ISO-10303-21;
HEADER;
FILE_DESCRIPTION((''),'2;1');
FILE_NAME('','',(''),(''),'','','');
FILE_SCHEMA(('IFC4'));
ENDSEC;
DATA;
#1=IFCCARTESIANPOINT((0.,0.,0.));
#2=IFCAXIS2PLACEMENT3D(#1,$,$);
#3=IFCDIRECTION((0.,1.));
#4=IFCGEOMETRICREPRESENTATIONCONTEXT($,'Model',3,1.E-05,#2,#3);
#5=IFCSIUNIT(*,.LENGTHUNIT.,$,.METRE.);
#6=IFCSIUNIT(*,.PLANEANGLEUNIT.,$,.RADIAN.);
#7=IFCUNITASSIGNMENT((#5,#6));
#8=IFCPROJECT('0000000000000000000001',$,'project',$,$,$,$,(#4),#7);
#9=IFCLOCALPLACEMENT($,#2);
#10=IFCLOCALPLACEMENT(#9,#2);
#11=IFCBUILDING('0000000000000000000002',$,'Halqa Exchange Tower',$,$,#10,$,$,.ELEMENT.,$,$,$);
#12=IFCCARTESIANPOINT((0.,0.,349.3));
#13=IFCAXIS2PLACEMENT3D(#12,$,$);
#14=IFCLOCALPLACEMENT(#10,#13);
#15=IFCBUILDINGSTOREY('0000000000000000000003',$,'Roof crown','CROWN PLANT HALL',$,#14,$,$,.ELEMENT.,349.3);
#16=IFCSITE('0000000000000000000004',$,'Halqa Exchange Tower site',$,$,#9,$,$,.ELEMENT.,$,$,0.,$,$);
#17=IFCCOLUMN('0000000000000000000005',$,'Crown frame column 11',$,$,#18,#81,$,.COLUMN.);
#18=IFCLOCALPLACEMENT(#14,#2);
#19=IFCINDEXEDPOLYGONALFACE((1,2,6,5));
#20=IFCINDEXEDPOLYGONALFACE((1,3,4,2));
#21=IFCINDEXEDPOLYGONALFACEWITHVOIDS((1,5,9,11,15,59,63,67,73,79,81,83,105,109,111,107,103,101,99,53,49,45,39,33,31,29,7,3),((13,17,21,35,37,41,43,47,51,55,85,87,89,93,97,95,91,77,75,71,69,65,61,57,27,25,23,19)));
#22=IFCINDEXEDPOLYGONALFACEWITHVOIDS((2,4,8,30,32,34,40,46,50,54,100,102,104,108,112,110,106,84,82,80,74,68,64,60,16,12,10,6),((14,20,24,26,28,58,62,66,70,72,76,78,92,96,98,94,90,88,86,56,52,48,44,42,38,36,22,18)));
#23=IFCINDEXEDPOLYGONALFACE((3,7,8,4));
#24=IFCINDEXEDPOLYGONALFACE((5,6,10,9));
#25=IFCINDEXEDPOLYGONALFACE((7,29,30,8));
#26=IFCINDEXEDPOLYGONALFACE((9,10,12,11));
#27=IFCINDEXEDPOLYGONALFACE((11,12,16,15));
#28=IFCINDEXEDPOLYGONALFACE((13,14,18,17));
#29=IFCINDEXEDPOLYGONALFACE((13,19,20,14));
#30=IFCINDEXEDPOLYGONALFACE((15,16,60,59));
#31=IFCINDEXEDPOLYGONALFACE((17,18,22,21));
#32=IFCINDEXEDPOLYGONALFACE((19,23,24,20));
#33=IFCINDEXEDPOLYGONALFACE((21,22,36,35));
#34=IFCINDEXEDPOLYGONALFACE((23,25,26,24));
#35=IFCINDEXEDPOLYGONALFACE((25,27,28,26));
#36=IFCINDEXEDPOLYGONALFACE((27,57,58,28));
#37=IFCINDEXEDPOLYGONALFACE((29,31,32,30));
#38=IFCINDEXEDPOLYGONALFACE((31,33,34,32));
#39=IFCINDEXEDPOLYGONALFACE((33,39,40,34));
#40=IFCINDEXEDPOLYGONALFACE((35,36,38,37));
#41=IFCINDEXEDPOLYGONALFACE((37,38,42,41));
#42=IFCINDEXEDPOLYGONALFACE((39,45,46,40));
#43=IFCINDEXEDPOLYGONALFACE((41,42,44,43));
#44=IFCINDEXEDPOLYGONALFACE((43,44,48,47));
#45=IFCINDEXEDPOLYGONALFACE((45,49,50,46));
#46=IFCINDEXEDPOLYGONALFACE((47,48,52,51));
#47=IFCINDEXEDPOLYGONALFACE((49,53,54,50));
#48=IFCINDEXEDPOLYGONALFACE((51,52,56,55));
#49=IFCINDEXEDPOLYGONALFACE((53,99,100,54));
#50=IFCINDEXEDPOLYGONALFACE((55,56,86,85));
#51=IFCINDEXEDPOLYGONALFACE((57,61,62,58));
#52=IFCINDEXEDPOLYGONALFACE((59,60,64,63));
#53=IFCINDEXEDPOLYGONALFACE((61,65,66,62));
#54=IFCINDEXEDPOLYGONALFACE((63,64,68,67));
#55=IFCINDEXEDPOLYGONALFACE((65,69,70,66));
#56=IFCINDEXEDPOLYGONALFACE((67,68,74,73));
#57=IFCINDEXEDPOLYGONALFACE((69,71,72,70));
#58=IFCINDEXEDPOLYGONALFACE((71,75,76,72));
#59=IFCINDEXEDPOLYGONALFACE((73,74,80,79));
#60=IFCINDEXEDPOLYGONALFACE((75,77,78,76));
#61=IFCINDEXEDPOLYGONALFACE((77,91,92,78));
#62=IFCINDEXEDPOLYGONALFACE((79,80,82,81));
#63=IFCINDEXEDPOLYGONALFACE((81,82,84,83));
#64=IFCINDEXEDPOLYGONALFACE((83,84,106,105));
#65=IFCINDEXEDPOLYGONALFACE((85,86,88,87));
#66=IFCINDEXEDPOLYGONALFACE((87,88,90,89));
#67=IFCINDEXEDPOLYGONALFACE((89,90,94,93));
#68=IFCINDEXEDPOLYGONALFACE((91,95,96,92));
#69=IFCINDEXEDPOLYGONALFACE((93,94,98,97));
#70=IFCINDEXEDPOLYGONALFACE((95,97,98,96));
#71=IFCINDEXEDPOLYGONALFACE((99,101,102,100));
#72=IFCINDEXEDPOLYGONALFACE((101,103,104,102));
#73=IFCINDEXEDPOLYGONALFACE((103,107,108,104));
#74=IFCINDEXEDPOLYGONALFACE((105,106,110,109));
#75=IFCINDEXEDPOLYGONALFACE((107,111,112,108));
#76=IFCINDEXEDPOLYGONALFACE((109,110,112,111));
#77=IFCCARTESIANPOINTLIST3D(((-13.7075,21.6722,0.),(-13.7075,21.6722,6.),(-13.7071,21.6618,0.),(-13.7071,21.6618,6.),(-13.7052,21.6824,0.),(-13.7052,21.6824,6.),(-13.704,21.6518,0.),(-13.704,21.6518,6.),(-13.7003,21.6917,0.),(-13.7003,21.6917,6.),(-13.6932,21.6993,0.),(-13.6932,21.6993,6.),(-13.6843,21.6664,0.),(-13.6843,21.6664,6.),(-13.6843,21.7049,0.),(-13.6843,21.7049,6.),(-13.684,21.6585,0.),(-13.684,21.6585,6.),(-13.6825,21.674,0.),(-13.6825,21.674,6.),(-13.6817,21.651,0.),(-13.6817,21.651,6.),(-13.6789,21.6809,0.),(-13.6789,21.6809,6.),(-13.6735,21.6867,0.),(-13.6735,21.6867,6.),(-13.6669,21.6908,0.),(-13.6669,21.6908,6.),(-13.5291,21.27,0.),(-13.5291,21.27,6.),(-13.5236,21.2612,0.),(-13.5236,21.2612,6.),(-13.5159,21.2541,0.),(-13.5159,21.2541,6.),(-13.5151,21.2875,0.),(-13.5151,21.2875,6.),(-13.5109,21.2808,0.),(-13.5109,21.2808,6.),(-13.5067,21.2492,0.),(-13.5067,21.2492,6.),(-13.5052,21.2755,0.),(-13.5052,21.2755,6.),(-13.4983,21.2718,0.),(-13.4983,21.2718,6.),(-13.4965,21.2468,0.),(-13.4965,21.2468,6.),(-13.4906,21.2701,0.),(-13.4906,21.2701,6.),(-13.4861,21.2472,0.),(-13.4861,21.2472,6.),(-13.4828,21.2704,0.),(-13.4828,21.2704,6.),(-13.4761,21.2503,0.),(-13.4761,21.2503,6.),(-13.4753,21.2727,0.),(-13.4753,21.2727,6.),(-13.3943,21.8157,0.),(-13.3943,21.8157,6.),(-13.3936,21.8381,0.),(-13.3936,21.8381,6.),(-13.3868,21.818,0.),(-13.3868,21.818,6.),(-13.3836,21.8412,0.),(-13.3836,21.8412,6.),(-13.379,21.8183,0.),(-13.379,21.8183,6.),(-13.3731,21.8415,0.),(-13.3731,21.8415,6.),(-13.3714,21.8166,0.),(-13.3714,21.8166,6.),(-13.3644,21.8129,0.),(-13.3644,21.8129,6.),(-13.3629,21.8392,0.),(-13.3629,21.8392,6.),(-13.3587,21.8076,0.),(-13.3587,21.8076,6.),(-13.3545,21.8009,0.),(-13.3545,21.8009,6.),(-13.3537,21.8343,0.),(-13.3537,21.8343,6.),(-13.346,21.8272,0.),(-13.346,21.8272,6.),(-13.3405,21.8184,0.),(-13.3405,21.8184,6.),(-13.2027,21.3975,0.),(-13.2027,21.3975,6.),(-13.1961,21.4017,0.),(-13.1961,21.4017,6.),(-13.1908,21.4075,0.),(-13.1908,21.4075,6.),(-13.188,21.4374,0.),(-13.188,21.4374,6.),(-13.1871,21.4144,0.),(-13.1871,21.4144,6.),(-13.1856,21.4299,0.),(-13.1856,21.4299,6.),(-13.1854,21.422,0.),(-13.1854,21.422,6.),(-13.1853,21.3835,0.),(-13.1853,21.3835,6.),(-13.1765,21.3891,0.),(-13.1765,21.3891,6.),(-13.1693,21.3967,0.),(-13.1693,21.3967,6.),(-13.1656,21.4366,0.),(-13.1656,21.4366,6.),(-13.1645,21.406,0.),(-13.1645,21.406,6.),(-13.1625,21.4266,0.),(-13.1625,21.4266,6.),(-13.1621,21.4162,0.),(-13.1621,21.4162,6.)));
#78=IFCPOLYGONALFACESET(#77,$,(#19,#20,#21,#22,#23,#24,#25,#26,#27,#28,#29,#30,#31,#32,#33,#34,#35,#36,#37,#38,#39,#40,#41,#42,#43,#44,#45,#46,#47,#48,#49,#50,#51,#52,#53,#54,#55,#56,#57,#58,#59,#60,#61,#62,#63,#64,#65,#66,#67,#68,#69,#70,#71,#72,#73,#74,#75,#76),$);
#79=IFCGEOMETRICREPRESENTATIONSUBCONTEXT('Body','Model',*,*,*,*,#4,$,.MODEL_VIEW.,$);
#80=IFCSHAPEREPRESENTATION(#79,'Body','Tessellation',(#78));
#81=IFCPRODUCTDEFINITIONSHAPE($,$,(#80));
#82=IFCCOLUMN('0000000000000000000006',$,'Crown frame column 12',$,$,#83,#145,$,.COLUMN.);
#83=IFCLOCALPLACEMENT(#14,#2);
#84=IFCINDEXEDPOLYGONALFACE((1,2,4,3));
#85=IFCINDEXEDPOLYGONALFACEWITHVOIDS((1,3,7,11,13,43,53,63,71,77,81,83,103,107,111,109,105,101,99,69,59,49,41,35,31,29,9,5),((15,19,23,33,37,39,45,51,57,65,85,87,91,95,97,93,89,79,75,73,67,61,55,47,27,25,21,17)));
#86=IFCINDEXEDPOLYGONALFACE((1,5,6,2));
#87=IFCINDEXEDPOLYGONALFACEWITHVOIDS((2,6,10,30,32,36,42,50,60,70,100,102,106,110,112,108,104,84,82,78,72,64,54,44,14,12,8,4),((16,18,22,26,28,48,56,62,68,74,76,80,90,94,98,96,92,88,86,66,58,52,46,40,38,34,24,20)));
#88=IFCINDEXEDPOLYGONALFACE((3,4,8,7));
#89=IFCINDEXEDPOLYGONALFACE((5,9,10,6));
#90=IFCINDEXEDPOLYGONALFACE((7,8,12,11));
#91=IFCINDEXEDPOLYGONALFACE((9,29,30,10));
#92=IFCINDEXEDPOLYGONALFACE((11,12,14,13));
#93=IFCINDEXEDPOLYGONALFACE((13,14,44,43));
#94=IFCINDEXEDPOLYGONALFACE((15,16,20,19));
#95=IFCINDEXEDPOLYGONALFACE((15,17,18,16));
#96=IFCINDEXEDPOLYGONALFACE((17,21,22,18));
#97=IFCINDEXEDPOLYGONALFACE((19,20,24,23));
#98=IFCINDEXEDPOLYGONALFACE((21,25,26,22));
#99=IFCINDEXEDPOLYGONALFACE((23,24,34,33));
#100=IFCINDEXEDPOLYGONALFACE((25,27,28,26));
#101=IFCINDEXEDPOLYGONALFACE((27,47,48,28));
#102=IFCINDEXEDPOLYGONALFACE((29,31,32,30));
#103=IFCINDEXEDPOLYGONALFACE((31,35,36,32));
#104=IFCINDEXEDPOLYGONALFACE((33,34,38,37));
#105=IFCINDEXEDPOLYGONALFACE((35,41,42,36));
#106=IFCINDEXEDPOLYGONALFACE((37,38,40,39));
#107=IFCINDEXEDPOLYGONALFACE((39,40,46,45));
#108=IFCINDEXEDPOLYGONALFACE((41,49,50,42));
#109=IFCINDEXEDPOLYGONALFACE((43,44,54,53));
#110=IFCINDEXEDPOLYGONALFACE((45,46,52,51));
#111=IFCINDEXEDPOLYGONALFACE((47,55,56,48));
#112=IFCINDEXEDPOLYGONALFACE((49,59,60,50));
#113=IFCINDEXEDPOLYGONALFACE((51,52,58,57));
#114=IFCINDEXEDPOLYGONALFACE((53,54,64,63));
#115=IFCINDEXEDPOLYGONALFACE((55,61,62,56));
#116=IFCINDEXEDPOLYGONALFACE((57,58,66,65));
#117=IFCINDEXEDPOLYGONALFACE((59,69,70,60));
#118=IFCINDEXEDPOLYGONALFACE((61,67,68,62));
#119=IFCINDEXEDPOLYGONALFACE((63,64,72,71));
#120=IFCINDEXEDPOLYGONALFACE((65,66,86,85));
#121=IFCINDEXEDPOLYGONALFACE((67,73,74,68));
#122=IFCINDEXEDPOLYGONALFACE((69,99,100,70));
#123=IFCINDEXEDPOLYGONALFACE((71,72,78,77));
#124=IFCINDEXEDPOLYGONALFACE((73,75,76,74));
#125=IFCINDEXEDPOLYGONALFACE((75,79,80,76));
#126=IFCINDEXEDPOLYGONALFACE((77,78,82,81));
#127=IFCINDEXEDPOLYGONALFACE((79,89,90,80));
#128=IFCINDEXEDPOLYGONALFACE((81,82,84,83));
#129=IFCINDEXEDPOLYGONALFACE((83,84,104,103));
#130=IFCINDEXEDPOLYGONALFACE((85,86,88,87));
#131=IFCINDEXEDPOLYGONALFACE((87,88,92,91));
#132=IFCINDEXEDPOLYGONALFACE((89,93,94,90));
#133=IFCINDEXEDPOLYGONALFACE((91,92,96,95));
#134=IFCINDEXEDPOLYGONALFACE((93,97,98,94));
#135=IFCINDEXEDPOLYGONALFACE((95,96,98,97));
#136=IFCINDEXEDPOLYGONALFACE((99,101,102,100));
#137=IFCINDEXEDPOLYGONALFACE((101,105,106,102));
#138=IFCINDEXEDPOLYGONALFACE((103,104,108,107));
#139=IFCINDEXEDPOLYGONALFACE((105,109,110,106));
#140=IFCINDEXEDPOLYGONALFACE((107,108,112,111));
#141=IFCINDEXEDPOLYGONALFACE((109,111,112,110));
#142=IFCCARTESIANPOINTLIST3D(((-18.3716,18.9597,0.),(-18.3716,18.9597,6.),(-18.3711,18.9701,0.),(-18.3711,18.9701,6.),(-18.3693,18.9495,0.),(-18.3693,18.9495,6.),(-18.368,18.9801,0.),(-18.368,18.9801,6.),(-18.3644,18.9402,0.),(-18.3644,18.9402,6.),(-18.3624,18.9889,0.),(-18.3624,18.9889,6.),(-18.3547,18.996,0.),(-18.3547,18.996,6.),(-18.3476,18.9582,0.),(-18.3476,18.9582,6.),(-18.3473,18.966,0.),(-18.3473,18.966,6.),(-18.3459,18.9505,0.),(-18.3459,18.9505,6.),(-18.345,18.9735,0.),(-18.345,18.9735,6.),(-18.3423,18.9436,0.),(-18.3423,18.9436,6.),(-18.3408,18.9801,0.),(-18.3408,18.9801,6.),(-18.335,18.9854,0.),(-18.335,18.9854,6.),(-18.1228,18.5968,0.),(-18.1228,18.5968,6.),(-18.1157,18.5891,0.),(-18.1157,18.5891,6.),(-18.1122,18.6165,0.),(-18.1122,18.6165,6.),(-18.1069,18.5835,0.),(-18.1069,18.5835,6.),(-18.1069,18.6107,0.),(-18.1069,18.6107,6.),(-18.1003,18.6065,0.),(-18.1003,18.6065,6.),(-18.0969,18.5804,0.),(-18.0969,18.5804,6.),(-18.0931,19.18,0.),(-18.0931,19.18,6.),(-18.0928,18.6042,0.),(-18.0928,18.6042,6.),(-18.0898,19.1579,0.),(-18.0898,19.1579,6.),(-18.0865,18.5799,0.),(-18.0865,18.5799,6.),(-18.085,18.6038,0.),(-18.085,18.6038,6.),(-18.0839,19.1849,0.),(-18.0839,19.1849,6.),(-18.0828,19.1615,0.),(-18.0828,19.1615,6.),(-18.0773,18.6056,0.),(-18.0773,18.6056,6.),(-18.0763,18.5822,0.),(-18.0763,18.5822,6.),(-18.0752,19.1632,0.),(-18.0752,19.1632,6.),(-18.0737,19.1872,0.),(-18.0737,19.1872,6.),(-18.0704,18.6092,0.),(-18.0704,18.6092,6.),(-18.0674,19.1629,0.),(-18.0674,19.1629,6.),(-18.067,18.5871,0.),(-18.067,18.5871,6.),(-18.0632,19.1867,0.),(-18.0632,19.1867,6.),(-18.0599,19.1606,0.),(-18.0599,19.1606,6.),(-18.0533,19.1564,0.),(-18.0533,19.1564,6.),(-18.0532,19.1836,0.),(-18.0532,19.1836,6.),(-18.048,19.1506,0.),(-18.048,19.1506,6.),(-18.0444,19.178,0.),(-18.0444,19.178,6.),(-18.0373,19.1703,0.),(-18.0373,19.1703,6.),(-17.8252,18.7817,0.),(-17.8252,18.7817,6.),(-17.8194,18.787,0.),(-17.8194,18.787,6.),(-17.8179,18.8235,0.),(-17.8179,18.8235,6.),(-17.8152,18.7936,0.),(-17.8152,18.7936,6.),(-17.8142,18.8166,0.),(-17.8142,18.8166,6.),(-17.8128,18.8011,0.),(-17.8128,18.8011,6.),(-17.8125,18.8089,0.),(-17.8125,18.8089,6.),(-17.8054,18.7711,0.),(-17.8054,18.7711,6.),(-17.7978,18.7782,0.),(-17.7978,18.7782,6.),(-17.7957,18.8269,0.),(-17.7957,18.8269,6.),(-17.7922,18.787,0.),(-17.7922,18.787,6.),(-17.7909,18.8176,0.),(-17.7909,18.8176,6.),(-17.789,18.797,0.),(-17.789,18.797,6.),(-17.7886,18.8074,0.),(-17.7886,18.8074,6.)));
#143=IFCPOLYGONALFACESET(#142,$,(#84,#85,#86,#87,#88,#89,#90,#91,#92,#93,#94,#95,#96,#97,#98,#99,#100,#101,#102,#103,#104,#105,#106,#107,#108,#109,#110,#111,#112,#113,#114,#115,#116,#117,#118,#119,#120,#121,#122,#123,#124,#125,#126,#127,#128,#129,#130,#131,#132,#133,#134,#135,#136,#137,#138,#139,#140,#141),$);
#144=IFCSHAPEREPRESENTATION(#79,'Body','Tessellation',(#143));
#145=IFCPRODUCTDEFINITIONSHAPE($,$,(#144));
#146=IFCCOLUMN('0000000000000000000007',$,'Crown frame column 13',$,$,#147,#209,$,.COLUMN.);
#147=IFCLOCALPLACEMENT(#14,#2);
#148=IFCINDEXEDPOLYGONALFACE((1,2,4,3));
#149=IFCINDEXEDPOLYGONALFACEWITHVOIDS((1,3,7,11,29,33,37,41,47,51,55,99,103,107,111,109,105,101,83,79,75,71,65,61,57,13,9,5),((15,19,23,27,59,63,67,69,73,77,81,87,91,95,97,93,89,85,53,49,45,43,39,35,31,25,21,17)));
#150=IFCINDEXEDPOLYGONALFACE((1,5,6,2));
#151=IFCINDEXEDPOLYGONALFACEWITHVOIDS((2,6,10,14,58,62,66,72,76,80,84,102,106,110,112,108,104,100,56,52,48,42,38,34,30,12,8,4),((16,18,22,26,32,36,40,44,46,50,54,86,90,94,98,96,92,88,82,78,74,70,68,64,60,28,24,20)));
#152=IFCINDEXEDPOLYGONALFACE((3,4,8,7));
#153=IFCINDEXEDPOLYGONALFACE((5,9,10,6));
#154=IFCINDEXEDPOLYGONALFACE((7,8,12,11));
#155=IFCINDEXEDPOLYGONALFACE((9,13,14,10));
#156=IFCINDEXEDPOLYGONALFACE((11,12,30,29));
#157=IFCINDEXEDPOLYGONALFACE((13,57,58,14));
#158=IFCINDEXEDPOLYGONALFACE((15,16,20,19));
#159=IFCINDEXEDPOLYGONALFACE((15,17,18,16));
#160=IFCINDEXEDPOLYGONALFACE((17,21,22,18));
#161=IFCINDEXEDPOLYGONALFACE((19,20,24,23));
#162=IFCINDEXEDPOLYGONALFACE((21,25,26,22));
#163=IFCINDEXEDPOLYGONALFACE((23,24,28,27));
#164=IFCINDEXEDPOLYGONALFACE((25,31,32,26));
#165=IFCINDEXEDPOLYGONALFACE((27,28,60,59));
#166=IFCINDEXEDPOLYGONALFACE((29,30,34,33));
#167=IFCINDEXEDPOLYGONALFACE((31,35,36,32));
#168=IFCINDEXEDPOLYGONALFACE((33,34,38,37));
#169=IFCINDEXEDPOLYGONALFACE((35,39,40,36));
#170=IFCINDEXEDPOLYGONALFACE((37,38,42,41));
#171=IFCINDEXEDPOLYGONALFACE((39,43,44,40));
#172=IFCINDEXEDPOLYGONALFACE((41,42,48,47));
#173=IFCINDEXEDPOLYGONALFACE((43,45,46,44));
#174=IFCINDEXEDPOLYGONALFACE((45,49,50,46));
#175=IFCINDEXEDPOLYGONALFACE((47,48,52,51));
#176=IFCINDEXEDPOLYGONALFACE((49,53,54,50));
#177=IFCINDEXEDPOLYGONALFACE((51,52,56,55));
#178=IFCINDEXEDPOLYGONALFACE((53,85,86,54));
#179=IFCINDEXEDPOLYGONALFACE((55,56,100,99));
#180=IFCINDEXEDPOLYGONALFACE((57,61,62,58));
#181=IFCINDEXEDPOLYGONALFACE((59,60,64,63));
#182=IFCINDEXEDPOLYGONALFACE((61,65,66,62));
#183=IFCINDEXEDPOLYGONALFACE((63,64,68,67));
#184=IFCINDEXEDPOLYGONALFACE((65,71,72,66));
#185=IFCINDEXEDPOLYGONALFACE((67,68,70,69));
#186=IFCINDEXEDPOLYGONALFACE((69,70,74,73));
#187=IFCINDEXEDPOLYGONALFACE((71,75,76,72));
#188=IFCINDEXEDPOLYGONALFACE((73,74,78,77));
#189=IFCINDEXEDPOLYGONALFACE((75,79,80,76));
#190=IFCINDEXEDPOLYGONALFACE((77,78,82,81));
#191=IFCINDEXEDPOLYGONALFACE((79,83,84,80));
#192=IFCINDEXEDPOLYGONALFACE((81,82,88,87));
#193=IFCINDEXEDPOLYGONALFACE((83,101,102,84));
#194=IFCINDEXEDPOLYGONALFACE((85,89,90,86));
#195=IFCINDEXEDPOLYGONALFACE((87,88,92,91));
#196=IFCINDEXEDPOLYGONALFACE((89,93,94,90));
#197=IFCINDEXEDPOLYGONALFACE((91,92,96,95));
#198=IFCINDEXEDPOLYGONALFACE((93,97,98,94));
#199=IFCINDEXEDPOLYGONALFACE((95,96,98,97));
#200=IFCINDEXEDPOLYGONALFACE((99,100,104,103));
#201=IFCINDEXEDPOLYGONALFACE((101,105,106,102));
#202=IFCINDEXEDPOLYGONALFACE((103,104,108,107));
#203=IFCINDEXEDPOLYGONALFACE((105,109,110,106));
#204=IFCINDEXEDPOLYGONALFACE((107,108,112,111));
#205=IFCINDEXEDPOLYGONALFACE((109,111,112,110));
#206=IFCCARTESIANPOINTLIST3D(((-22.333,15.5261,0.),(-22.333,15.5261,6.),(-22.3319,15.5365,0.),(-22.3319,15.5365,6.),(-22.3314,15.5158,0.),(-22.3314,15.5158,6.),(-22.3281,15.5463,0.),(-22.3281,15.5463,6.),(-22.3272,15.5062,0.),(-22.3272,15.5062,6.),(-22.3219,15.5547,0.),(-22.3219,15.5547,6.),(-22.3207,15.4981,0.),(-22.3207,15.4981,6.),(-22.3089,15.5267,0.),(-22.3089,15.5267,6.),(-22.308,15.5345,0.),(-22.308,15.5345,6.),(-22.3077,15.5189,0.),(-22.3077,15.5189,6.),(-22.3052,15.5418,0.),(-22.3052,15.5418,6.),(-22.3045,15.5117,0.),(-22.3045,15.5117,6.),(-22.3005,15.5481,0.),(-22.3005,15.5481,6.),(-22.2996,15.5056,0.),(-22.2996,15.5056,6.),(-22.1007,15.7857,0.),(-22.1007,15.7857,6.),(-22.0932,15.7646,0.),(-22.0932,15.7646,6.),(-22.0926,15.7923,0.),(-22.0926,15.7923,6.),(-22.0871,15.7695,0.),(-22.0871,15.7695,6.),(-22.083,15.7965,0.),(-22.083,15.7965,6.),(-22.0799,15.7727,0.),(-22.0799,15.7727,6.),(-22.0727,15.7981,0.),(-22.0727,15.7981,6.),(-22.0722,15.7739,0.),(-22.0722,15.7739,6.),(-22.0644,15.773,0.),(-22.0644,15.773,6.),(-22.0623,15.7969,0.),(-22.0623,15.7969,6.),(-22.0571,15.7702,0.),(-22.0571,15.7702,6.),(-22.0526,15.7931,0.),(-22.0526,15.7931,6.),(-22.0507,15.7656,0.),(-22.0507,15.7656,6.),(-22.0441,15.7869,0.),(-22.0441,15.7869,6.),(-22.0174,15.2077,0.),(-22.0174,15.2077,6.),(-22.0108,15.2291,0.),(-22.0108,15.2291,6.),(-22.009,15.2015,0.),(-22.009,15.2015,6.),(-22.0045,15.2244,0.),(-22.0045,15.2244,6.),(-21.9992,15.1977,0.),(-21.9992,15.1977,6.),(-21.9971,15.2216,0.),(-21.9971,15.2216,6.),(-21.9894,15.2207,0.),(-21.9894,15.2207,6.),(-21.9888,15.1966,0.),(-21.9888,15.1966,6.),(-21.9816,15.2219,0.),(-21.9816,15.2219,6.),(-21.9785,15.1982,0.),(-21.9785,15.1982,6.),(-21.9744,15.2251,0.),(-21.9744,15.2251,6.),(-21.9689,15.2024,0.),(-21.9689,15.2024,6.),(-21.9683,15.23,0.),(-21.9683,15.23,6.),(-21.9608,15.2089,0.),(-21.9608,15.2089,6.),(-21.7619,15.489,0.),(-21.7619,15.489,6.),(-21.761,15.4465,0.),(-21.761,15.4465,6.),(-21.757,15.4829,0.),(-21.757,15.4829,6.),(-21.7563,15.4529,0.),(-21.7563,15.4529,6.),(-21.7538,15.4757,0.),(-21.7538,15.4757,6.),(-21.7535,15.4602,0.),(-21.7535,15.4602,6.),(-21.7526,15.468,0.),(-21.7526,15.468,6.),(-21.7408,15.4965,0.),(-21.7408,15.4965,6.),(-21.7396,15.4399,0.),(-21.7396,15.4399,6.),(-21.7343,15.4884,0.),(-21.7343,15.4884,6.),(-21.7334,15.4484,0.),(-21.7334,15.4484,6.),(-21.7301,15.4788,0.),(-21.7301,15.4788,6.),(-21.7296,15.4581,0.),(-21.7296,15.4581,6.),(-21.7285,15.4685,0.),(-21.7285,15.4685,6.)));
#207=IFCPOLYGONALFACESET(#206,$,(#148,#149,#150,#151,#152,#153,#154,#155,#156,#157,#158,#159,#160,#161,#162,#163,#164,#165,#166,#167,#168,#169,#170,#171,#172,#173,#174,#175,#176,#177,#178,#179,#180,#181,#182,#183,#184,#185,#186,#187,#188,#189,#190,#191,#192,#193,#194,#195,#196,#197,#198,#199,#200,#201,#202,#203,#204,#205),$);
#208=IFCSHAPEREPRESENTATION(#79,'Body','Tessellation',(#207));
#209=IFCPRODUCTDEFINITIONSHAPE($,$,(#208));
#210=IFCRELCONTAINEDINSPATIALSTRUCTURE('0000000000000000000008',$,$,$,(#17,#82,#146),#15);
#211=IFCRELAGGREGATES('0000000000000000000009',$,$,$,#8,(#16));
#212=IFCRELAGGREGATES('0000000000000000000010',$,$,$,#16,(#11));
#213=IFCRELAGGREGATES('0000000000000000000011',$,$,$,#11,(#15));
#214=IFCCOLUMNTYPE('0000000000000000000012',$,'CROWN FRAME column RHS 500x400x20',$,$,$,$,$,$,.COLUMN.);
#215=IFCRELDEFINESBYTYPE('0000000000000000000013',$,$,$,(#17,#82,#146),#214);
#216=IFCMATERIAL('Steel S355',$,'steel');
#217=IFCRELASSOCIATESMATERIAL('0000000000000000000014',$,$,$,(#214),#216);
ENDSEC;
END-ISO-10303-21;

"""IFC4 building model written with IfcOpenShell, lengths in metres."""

from ifc_helpers import new_model, si_unit, direction, frame, origin, origin_2d, place, context, subcontext, project, spatial, hollow_rectangle, extrude, material, material_profile, profile_set, type_object, element, save


model = new_model("IFC4")

# Units and contexts
model_context = context("Model", 3, precision=1e-05, world=origin(), true_north=direction((0.0, 1.0)))
body_context = subcontext(model_context, "Body", "Model", "MODEL_VIEW")
ifc_project = project(units=[si_unit("LENGTHUNIT", "METRE"), si_unit("PLANEANGLEUNIT", "RADIAN")], contexts=[model_context])

# Site, building, storey
site_placement = place(None, origin())
site = spatial("IfcSite", under=ifc_project, at=site_placement, Name="Halqa Exchange Tower site", CompositionType="ELEMENT", RefElevation=0.0)
building_placement = place(site_placement, origin())
building = spatial("IfcBuilding", under=site, at=building_placement, Name="Halqa Exchange Tower", CompositionType="ELEMENT")
storey_placement = place(building_placement, frame((0.0, 0.0, 349.3)))
storey = spatial("IfcBuildingStorey", under=building, at=storey_placement, Name="Roof crown", Description="CROWN PLANT HALL", CompositionType="ELEMENT", Elevation=349.3)

# Columns
ifc_material_1 = material(Name="Steel S355", Category="steel")
ifc_material_profile_1 = material_profile(ifc_material_1, hollow_rectangle(XDim=0.3999, YDim=0.5, WallThickness=0.02, InnerFilletRadius=0.03, OuterFilletRadius=0.04, at=origin_2d()), Name="RHS 500x400x20")
ifc_profile_set_1 = profile_set([ifc_material_profile_1], Name="Steel S355")
column_type = type_object("IfcColumnType", Name="CROWN FRAME column RHS 500x400x20", PredefinedType="COLUMN", material=ifc_profile_set_1)
for number, where, z_axis, x_axis, name in (
    (1, (-13.4348, 21.5442, 0.0), (0.0, 0.0, 1.0), (-0.909129, -0.416516, 0.0), "Crown frame column 11"),
    (2, (-18.0801, 18.8835, 0.0), (0.0, 0.0, 1.0), (-0.817907, -0.575351, 0.0), "Crown frame column 12"),
    (3, (-22.0308, 15.4973, 0.0), (0.0, 0.0, 1.0), (-0.691579, -0.722301, 0.0), "Crown frame column 13"),
):
    element("IfcColumn", number, at=place(storey_placement, frame(where, z_axis=z_axis, x_axis=x_axis)), inside=storey, type_object=column_type, Name=name, PredefinedType="COLUMN", context=body_context, shape_type="SweptSolid", body=[
        extrude(hollow_rectangle(XDim=0.3999, YDim=0.5, WallThickness=0.02, InnerFilletRadius=0.03, OuterFilletRadius=0.04, at=origin_2d()), origin(), (0.0, 0.0, 1.0), 6.0),
    ])

save(model, "model.ifc")
